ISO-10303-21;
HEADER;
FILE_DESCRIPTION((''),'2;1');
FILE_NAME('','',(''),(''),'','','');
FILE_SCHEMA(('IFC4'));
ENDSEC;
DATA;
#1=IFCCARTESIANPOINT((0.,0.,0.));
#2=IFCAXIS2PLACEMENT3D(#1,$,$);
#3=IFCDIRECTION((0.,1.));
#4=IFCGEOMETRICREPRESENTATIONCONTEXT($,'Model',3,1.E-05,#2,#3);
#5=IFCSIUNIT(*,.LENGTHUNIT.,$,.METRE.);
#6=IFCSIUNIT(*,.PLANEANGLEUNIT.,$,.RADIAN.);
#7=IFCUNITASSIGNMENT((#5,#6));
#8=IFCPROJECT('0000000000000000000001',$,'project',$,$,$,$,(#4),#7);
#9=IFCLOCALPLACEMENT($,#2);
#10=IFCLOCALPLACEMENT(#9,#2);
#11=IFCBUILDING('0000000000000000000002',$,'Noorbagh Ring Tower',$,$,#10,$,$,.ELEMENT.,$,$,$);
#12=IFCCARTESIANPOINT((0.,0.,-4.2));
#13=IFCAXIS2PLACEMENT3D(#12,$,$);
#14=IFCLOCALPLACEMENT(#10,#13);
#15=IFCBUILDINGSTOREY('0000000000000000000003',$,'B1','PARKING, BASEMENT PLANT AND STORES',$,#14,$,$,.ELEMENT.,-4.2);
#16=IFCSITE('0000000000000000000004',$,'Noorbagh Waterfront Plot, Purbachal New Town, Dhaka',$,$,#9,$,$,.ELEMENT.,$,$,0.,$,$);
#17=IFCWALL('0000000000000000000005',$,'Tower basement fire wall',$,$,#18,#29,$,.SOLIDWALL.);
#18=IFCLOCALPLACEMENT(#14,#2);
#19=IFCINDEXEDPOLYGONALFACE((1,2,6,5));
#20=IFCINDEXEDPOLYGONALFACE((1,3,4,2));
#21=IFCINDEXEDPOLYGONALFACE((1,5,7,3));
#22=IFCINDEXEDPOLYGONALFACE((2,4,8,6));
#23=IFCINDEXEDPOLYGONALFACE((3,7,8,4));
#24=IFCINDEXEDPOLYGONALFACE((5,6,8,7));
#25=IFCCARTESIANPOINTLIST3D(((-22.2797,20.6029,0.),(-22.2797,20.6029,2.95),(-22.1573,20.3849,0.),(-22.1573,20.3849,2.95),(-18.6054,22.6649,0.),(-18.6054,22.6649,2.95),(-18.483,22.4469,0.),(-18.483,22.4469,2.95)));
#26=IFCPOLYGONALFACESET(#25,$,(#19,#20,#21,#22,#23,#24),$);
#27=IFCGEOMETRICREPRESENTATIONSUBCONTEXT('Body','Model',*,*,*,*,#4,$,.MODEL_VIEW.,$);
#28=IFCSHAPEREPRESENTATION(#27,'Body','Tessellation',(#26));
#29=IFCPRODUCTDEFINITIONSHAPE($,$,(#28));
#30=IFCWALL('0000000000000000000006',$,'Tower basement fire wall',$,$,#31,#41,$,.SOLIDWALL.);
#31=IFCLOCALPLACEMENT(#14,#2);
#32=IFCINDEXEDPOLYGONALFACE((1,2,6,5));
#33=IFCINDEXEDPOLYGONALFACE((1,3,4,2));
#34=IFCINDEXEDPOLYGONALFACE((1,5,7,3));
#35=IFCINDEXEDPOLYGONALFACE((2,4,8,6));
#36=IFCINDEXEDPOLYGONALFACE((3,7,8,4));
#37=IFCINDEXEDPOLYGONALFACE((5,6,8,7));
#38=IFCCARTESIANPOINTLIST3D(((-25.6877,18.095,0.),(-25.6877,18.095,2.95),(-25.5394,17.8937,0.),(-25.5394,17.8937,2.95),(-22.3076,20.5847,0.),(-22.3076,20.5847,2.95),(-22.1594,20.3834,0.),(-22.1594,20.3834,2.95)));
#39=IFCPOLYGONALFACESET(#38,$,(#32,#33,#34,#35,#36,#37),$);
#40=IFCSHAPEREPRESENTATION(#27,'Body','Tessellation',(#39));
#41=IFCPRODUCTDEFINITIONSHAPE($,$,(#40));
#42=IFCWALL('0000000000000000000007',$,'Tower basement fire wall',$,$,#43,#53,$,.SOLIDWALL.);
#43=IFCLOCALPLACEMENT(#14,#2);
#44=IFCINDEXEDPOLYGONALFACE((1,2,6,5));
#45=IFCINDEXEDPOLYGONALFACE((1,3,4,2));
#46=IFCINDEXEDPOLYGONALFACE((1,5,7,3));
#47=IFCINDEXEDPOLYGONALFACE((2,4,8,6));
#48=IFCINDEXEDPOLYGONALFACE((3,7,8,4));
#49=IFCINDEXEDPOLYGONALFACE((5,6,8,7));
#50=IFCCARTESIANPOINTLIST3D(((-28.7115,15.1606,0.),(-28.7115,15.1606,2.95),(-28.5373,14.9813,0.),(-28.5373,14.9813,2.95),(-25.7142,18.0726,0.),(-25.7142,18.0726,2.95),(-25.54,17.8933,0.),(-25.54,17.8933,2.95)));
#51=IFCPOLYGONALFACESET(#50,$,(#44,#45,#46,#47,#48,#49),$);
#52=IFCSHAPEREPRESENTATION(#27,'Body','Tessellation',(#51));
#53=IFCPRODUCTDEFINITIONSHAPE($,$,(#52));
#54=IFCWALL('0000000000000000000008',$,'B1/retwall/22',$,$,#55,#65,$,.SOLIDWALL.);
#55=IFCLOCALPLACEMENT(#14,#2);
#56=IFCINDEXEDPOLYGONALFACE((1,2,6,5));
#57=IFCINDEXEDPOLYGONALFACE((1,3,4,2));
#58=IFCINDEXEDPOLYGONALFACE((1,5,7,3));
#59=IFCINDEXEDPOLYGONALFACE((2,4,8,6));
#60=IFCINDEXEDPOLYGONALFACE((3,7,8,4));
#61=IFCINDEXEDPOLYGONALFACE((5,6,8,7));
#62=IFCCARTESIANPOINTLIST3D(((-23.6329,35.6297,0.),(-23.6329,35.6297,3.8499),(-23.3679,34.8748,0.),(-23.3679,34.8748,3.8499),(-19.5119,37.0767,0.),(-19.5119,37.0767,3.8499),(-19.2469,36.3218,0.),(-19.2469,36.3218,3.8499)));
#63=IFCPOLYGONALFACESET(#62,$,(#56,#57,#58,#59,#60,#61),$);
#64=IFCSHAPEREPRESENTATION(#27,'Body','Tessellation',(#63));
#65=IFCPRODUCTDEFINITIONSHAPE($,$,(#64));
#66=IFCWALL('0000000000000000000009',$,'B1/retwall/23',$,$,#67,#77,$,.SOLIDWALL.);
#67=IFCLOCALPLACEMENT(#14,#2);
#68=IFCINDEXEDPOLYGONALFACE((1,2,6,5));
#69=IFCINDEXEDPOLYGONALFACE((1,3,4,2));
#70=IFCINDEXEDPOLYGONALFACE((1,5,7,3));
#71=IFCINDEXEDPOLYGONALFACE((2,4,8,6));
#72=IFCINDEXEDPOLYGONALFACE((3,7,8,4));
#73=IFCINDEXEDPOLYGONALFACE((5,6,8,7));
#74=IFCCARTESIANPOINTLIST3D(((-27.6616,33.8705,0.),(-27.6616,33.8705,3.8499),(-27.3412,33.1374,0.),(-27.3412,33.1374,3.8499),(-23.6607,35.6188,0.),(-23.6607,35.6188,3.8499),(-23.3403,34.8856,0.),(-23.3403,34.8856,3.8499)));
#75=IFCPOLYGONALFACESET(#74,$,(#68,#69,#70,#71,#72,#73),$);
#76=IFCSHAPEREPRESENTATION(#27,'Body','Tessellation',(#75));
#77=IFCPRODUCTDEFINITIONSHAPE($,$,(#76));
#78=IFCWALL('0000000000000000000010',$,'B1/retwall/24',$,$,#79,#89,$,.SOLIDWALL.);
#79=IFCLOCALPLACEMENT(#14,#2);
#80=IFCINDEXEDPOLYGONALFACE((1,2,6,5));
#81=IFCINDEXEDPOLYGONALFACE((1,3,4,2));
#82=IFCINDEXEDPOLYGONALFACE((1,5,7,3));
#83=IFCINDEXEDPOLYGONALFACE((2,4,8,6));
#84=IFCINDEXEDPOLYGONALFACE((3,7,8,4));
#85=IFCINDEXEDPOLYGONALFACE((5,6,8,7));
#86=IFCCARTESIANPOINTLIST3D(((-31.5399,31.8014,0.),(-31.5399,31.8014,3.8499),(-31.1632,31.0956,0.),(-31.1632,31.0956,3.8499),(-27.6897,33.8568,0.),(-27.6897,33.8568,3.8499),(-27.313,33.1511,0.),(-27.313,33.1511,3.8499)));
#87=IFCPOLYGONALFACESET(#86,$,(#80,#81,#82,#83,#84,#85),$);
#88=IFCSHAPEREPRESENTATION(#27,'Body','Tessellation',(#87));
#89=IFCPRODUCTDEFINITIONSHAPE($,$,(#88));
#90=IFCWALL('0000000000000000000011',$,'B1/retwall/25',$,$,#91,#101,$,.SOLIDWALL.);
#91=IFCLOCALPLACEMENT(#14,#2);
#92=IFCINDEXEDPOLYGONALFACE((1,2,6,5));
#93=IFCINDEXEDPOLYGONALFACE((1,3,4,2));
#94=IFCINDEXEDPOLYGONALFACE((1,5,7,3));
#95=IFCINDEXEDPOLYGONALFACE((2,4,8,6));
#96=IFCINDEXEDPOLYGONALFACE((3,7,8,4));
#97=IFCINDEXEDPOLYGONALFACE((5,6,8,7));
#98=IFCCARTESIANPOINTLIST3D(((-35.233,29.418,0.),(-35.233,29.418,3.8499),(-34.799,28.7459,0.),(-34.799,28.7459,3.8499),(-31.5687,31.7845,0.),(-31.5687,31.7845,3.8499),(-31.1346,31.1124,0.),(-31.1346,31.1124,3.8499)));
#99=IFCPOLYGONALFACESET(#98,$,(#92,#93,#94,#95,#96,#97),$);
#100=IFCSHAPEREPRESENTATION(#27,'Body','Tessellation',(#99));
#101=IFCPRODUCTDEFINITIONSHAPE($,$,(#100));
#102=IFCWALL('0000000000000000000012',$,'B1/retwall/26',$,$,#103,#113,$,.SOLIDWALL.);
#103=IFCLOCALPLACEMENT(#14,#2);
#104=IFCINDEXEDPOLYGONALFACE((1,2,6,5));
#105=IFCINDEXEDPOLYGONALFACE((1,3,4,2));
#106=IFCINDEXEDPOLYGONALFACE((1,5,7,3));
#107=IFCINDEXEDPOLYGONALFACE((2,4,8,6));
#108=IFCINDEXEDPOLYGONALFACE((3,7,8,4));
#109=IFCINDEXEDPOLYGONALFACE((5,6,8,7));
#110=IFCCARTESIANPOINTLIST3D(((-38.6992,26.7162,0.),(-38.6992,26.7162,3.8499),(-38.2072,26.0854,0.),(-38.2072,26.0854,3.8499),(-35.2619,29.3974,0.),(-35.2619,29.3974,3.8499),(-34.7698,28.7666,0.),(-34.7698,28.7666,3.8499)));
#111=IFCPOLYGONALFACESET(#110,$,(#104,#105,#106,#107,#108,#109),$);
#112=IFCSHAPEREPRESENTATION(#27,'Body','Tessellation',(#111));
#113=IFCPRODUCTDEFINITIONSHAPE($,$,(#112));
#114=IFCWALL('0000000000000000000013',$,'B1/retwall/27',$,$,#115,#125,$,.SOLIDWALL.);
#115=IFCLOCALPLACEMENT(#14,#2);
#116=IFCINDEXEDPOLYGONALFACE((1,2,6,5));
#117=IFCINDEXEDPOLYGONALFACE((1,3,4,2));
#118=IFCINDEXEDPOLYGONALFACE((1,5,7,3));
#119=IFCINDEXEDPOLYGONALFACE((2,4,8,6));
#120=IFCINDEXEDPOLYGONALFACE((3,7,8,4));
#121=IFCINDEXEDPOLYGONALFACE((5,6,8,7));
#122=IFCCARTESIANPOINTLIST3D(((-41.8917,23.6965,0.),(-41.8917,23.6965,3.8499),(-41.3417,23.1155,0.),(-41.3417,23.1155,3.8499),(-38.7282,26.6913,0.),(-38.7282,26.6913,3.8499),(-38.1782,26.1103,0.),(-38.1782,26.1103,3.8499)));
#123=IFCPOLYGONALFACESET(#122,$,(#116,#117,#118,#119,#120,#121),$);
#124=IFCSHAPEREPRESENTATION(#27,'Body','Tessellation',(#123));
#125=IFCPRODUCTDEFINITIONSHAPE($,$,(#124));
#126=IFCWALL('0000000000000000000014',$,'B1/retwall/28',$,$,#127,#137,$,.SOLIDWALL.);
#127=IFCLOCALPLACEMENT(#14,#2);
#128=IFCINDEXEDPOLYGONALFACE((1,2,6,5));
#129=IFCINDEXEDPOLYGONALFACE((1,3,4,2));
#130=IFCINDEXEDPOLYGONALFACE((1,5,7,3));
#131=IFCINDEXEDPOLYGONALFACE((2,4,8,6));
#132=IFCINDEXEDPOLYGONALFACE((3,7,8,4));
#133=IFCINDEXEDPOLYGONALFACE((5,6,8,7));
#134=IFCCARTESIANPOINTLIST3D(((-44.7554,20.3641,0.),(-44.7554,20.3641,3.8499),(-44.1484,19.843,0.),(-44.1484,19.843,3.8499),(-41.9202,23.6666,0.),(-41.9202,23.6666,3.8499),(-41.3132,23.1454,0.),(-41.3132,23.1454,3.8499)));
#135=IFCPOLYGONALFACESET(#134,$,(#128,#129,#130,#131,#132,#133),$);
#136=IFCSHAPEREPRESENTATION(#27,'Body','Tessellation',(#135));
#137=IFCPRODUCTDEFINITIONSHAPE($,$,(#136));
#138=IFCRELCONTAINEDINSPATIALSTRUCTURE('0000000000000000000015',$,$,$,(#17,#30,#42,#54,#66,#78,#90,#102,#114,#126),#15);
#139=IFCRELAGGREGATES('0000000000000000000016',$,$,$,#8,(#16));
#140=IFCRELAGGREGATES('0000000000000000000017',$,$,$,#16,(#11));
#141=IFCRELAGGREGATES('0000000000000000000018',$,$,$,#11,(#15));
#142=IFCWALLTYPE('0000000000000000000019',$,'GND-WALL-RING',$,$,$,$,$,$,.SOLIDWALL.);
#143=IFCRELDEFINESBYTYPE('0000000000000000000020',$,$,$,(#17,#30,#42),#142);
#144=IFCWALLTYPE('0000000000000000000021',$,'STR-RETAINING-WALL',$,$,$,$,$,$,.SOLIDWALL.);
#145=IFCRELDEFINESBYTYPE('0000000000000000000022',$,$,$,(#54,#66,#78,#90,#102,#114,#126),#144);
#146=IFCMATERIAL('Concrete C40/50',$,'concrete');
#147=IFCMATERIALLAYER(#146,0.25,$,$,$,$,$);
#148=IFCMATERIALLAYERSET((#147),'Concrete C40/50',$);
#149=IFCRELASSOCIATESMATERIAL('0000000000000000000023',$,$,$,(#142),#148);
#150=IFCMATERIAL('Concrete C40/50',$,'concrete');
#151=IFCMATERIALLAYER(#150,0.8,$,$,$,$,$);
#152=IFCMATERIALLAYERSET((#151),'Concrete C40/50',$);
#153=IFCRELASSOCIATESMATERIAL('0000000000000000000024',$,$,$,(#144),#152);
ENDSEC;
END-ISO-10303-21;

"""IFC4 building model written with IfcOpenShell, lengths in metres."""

from ifc_helpers import new_model, si_unit, direction, frame, frame_2d, origin, place, context, subcontext, project, spatial, rectangle, extrude, material, layer, layer_set, type_object, element, save


model = new_model("IFC4")

# Units and contexts
model_context = context("Model", 3, precision=1e-05, world=origin(), true_north=direction((0.0, 1.0)))
body_context = subcontext(model_context, "Body", "Model", "MODEL_VIEW")
ifc_project = project(units=[si_unit("LENGTHUNIT", "METRE"), si_unit("PLANEANGLEUNIT", "RADIAN")], contexts=[model_context])

# Site, building, storey
site_placement = place(None, origin())
site = spatial("IfcSite", under=ifc_project, at=site_placement, Name="Noorbagh Waterfront Plot, Purbachal New Town, Dhaka", CompositionType="ELEMENT", RefElevation=0.0)
building_placement = place(site_placement, origin())
building = spatial("IfcBuilding", under=site, at=building_placement, Name="Noorbagh Ring Tower", CompositionType="ELEMENT")
storey_placement = place(building_placement, frame((0.0, 0.0, -4.2)))
storey = spatial("IfcBuildingStorey", under=building, at=storey_placement, Name="B1", Description="PARKING, BASEMENT PLANT AND STORES", CompositionType="ELEMENT", Elevation=-4.2)

# Walls
ifc_material_1 = material(Name="Concrete C40/50", Category="concrete")
ifc_layer_1 = layer(ifc_material_1, 0.25)
ifc_layer_set_1 = layer_set([ifc_layer_1], Name="Concrete C40/50")
wall_type_1 = type_object("IfcWallType", Name="GND-WALL-RING", PredefinedType="SOLIDWALL", material=ifc_layer_set_1)
wall_1_placement = place(storey_placement, frame((-18.5442, 22.5559, 0.0), z_axis=(0.0, 0.0, 1.0), x_axis=(-0.872061, -0.489397, 0.0)))
element("IfcWall", 1, at=wall_1_placement, inside=storey, type_object=wall_type_1, Name="Tower basement fire wall", PredefinedType="SOLIDWALL", context=body_context, shape_type="SweptSolid", body=[
    extrude(rectangle(XDim=4.2134, YDim=0.25, at=frame_2d((2.1067, 0.0))), origin(), (0.0, 0.0, 1.0), 2.95),
])
wall_2_placement = place(storey_placement, frame((-22.2334, 20.4841, 0.0), z_axis=(0.0, 0.0, 1.0), x_axis=(-0.805155, -0.593064, 0.0)))
element("IfcWall", 2, at=wall_2_placement, inside=storey, type_object=wall_type_1, Name="Tower basement fire wall", PredefinedType="SOLIDWALL", context=body_context, shape_type="SweptSolid", body=[
    extrude(rectangle(XDim=4.198, YDim=0.25, at=frame_2d((2.0991, 0.0))), origin(), (0.0, 0.0, 1.0), 2.95),
])
wall_3_placement = place(storey_placement, frame((-25.6272, 17.9829, 0.0), z_axis=(0.0, 0.0, 1.0), x_axis=(-0.717228, -0.696839, 0.0)))
element("IfcWall", 3, at=wall_3_placement, inside=storey, type_object=wall_type_1, Name="Tower basement fire wall", PredefinedType="SOLIDWALL", context=body_context, shape_type="SweptSolid", body=[
    extrude(rectangle(XDim=4.179, YDim=0.25, at=frame_2d((2.0894, 0.0))), origin(), (0.0, 0.0, 1.0), 2.95),
])
ifc_material_2 = material(Name="Concrete C40/50", Category="concrete")
ifc_layer_2 = layer(ifc_material_2, 0.8)
ifc_layer_set_2 = layer_set([ifc_layer_2], Name="Concrete C40/50")
wall_type_2 = type_object("IfcWallType", Name="STR-RETAINING-WALL", PredefinedType="SOLIDWALL", material=ifc_layer_set_2)
wall_4_placement = place(storey_placement, frame((-19.3794, 36.6992, 0.0), z_axis=(0.0, 0.0, 1.0), x_axis=(-0.943527, -0.331296, 0.0)))
element("IfcWall", 4, at=wall_4_placement, inside=storey, type_object=wall_type_2, Name="B1/retwall/22", PredefinedType="SOLIDWALL", context=body_context, shape_type="SweptSolid", body=[
    extrude(rectangle(XDim=4.3677, YDim=0.8, at=frame_2d((2.1838, 0.0))), origin(), (0.0, 0.0, 1.0), 3.8499),
])
wall_5_placement = place(storey_placement, frame((-23.5005, 35.2522, 0.0), z_axis=(0.0, 0.0, 1.0), x_axis=(-0.916337, -0.400408, 0.0)))
element("IfcWall", 5, at=wall_5_placement, inside=storey, type_object=wall_type_2, Name="B1/retwall/23", PredefinedType="SOLIDWALL", context=body_context, shape_type="SweptSolid", body=[
    extrude(rectangle(XDim=4.3662, YDim=0.8, at=frame_2d((2.1831, 0.0))), origin(), (0.0, 0.0, 1.0), 3.8499),
])
wall_6_placement = place(storey_placement, frame((-27.5015, 33.5039, 0.0), z_axis=(0.0, 0.0, 1.0), x_axis=(-0.882159, -0.470951, 0.0)))
element("IfcWall", 6, at=wall_6_placement, inside=storey, type_object=wall_type_2, Name="B1/retwall/24", PredefinedType="SOLIDWALL", context=body_context, shape_type="SweptSolid", body=[
    extrude(rectangle(XDim=4.3645, YDim=0.8, at=frame_2d((2.1821, 0.0))), origin(), (0.0, 0.0, 1.0), 3.8499),
])
wall_7_placement = place(storey_placement, frame((-31.3516, 31.4485, 0.0), z_axis=(0.0, 0.0, 1.0), x_axis=(-0.840047, -0.542513, 0.0)))
element("IfcWall", 7, at=wall_7_placement, inside=storey, type_object=wall_type_2, Name="B1/retwall/25", PredefinedType="SOLIDWALL", context=body_context, shape_type="SweptSolid", body=[
    extrude(rectangle(XDim=4.3621, YDim=0.8, at=frame_2d((2.1812, 0.0))), origin(), (0.0, 0.0, 1.0), 3.8499),
])
wall_8_placement = place(storey_placement, frame((-35.0159, 29.082, 0.0), z_axis=(0.0, 0.0, 1.0), x_axis=(-0.788492, -0.615045, 0.0)))
element("IfcWall", 8, at=wall_8_placement, inside=storey, type_object=wall_type_2, Name="B1/retwall/26", PredefinedType="SOLIDWALL", context=body_context, shape_type="SweptSolid", body=[
    extrude(rectangle(XDim=4.3594, YDim=0.8, at=frame_2d((2.1797, 0.0))), origin(), (0.0, 0.0, 1.0), 3.8499),
])
wall_9_placement = place(storey_placement, frame((-38.4531, 26.4009, 0.0), z_axis=(0.0, 0.0, 1.0), x_axis=(-0.726204, -0.687479, 0.0)))
element("IfcWall", 9, at=wall_9_placement, inside=storey, type_object=wall_type_2, Name="B1/retwall/27", PredefinedType="SOLIDWALL", context=body_context, shape_type="SweptSolid", body=[
    extrude(rectangle(XDim=4.3562, YDim=0.8, at=frame_2d((2.1782, 0.0))), origin(), (0.0, 0.0, 1.0), 3.8499),
])
wall_10_placement = place(storey_placement, frame((-41.6167, 23.406, 0.0), z_axis=(0.0, 0.0, 1.0), x_axis=(-0.651387, -0.758746, 0.0)))
element("IfcWall", 10, at=wall_10_placement, inside=storey, type_object=wall_type_2, Name="B1/retwall/28", PredefinedType="SOLIDWALL", context=body_context, shape_type="SweptSolid", body=[
    extrude(rectangle(XDim=4.3525, YDim=0.8, at=frame_2d((2.1763, 0.0))), origin(), (0.0, 0.0, 1.0), 3.8499),
])

save(model, "model.ifc")
